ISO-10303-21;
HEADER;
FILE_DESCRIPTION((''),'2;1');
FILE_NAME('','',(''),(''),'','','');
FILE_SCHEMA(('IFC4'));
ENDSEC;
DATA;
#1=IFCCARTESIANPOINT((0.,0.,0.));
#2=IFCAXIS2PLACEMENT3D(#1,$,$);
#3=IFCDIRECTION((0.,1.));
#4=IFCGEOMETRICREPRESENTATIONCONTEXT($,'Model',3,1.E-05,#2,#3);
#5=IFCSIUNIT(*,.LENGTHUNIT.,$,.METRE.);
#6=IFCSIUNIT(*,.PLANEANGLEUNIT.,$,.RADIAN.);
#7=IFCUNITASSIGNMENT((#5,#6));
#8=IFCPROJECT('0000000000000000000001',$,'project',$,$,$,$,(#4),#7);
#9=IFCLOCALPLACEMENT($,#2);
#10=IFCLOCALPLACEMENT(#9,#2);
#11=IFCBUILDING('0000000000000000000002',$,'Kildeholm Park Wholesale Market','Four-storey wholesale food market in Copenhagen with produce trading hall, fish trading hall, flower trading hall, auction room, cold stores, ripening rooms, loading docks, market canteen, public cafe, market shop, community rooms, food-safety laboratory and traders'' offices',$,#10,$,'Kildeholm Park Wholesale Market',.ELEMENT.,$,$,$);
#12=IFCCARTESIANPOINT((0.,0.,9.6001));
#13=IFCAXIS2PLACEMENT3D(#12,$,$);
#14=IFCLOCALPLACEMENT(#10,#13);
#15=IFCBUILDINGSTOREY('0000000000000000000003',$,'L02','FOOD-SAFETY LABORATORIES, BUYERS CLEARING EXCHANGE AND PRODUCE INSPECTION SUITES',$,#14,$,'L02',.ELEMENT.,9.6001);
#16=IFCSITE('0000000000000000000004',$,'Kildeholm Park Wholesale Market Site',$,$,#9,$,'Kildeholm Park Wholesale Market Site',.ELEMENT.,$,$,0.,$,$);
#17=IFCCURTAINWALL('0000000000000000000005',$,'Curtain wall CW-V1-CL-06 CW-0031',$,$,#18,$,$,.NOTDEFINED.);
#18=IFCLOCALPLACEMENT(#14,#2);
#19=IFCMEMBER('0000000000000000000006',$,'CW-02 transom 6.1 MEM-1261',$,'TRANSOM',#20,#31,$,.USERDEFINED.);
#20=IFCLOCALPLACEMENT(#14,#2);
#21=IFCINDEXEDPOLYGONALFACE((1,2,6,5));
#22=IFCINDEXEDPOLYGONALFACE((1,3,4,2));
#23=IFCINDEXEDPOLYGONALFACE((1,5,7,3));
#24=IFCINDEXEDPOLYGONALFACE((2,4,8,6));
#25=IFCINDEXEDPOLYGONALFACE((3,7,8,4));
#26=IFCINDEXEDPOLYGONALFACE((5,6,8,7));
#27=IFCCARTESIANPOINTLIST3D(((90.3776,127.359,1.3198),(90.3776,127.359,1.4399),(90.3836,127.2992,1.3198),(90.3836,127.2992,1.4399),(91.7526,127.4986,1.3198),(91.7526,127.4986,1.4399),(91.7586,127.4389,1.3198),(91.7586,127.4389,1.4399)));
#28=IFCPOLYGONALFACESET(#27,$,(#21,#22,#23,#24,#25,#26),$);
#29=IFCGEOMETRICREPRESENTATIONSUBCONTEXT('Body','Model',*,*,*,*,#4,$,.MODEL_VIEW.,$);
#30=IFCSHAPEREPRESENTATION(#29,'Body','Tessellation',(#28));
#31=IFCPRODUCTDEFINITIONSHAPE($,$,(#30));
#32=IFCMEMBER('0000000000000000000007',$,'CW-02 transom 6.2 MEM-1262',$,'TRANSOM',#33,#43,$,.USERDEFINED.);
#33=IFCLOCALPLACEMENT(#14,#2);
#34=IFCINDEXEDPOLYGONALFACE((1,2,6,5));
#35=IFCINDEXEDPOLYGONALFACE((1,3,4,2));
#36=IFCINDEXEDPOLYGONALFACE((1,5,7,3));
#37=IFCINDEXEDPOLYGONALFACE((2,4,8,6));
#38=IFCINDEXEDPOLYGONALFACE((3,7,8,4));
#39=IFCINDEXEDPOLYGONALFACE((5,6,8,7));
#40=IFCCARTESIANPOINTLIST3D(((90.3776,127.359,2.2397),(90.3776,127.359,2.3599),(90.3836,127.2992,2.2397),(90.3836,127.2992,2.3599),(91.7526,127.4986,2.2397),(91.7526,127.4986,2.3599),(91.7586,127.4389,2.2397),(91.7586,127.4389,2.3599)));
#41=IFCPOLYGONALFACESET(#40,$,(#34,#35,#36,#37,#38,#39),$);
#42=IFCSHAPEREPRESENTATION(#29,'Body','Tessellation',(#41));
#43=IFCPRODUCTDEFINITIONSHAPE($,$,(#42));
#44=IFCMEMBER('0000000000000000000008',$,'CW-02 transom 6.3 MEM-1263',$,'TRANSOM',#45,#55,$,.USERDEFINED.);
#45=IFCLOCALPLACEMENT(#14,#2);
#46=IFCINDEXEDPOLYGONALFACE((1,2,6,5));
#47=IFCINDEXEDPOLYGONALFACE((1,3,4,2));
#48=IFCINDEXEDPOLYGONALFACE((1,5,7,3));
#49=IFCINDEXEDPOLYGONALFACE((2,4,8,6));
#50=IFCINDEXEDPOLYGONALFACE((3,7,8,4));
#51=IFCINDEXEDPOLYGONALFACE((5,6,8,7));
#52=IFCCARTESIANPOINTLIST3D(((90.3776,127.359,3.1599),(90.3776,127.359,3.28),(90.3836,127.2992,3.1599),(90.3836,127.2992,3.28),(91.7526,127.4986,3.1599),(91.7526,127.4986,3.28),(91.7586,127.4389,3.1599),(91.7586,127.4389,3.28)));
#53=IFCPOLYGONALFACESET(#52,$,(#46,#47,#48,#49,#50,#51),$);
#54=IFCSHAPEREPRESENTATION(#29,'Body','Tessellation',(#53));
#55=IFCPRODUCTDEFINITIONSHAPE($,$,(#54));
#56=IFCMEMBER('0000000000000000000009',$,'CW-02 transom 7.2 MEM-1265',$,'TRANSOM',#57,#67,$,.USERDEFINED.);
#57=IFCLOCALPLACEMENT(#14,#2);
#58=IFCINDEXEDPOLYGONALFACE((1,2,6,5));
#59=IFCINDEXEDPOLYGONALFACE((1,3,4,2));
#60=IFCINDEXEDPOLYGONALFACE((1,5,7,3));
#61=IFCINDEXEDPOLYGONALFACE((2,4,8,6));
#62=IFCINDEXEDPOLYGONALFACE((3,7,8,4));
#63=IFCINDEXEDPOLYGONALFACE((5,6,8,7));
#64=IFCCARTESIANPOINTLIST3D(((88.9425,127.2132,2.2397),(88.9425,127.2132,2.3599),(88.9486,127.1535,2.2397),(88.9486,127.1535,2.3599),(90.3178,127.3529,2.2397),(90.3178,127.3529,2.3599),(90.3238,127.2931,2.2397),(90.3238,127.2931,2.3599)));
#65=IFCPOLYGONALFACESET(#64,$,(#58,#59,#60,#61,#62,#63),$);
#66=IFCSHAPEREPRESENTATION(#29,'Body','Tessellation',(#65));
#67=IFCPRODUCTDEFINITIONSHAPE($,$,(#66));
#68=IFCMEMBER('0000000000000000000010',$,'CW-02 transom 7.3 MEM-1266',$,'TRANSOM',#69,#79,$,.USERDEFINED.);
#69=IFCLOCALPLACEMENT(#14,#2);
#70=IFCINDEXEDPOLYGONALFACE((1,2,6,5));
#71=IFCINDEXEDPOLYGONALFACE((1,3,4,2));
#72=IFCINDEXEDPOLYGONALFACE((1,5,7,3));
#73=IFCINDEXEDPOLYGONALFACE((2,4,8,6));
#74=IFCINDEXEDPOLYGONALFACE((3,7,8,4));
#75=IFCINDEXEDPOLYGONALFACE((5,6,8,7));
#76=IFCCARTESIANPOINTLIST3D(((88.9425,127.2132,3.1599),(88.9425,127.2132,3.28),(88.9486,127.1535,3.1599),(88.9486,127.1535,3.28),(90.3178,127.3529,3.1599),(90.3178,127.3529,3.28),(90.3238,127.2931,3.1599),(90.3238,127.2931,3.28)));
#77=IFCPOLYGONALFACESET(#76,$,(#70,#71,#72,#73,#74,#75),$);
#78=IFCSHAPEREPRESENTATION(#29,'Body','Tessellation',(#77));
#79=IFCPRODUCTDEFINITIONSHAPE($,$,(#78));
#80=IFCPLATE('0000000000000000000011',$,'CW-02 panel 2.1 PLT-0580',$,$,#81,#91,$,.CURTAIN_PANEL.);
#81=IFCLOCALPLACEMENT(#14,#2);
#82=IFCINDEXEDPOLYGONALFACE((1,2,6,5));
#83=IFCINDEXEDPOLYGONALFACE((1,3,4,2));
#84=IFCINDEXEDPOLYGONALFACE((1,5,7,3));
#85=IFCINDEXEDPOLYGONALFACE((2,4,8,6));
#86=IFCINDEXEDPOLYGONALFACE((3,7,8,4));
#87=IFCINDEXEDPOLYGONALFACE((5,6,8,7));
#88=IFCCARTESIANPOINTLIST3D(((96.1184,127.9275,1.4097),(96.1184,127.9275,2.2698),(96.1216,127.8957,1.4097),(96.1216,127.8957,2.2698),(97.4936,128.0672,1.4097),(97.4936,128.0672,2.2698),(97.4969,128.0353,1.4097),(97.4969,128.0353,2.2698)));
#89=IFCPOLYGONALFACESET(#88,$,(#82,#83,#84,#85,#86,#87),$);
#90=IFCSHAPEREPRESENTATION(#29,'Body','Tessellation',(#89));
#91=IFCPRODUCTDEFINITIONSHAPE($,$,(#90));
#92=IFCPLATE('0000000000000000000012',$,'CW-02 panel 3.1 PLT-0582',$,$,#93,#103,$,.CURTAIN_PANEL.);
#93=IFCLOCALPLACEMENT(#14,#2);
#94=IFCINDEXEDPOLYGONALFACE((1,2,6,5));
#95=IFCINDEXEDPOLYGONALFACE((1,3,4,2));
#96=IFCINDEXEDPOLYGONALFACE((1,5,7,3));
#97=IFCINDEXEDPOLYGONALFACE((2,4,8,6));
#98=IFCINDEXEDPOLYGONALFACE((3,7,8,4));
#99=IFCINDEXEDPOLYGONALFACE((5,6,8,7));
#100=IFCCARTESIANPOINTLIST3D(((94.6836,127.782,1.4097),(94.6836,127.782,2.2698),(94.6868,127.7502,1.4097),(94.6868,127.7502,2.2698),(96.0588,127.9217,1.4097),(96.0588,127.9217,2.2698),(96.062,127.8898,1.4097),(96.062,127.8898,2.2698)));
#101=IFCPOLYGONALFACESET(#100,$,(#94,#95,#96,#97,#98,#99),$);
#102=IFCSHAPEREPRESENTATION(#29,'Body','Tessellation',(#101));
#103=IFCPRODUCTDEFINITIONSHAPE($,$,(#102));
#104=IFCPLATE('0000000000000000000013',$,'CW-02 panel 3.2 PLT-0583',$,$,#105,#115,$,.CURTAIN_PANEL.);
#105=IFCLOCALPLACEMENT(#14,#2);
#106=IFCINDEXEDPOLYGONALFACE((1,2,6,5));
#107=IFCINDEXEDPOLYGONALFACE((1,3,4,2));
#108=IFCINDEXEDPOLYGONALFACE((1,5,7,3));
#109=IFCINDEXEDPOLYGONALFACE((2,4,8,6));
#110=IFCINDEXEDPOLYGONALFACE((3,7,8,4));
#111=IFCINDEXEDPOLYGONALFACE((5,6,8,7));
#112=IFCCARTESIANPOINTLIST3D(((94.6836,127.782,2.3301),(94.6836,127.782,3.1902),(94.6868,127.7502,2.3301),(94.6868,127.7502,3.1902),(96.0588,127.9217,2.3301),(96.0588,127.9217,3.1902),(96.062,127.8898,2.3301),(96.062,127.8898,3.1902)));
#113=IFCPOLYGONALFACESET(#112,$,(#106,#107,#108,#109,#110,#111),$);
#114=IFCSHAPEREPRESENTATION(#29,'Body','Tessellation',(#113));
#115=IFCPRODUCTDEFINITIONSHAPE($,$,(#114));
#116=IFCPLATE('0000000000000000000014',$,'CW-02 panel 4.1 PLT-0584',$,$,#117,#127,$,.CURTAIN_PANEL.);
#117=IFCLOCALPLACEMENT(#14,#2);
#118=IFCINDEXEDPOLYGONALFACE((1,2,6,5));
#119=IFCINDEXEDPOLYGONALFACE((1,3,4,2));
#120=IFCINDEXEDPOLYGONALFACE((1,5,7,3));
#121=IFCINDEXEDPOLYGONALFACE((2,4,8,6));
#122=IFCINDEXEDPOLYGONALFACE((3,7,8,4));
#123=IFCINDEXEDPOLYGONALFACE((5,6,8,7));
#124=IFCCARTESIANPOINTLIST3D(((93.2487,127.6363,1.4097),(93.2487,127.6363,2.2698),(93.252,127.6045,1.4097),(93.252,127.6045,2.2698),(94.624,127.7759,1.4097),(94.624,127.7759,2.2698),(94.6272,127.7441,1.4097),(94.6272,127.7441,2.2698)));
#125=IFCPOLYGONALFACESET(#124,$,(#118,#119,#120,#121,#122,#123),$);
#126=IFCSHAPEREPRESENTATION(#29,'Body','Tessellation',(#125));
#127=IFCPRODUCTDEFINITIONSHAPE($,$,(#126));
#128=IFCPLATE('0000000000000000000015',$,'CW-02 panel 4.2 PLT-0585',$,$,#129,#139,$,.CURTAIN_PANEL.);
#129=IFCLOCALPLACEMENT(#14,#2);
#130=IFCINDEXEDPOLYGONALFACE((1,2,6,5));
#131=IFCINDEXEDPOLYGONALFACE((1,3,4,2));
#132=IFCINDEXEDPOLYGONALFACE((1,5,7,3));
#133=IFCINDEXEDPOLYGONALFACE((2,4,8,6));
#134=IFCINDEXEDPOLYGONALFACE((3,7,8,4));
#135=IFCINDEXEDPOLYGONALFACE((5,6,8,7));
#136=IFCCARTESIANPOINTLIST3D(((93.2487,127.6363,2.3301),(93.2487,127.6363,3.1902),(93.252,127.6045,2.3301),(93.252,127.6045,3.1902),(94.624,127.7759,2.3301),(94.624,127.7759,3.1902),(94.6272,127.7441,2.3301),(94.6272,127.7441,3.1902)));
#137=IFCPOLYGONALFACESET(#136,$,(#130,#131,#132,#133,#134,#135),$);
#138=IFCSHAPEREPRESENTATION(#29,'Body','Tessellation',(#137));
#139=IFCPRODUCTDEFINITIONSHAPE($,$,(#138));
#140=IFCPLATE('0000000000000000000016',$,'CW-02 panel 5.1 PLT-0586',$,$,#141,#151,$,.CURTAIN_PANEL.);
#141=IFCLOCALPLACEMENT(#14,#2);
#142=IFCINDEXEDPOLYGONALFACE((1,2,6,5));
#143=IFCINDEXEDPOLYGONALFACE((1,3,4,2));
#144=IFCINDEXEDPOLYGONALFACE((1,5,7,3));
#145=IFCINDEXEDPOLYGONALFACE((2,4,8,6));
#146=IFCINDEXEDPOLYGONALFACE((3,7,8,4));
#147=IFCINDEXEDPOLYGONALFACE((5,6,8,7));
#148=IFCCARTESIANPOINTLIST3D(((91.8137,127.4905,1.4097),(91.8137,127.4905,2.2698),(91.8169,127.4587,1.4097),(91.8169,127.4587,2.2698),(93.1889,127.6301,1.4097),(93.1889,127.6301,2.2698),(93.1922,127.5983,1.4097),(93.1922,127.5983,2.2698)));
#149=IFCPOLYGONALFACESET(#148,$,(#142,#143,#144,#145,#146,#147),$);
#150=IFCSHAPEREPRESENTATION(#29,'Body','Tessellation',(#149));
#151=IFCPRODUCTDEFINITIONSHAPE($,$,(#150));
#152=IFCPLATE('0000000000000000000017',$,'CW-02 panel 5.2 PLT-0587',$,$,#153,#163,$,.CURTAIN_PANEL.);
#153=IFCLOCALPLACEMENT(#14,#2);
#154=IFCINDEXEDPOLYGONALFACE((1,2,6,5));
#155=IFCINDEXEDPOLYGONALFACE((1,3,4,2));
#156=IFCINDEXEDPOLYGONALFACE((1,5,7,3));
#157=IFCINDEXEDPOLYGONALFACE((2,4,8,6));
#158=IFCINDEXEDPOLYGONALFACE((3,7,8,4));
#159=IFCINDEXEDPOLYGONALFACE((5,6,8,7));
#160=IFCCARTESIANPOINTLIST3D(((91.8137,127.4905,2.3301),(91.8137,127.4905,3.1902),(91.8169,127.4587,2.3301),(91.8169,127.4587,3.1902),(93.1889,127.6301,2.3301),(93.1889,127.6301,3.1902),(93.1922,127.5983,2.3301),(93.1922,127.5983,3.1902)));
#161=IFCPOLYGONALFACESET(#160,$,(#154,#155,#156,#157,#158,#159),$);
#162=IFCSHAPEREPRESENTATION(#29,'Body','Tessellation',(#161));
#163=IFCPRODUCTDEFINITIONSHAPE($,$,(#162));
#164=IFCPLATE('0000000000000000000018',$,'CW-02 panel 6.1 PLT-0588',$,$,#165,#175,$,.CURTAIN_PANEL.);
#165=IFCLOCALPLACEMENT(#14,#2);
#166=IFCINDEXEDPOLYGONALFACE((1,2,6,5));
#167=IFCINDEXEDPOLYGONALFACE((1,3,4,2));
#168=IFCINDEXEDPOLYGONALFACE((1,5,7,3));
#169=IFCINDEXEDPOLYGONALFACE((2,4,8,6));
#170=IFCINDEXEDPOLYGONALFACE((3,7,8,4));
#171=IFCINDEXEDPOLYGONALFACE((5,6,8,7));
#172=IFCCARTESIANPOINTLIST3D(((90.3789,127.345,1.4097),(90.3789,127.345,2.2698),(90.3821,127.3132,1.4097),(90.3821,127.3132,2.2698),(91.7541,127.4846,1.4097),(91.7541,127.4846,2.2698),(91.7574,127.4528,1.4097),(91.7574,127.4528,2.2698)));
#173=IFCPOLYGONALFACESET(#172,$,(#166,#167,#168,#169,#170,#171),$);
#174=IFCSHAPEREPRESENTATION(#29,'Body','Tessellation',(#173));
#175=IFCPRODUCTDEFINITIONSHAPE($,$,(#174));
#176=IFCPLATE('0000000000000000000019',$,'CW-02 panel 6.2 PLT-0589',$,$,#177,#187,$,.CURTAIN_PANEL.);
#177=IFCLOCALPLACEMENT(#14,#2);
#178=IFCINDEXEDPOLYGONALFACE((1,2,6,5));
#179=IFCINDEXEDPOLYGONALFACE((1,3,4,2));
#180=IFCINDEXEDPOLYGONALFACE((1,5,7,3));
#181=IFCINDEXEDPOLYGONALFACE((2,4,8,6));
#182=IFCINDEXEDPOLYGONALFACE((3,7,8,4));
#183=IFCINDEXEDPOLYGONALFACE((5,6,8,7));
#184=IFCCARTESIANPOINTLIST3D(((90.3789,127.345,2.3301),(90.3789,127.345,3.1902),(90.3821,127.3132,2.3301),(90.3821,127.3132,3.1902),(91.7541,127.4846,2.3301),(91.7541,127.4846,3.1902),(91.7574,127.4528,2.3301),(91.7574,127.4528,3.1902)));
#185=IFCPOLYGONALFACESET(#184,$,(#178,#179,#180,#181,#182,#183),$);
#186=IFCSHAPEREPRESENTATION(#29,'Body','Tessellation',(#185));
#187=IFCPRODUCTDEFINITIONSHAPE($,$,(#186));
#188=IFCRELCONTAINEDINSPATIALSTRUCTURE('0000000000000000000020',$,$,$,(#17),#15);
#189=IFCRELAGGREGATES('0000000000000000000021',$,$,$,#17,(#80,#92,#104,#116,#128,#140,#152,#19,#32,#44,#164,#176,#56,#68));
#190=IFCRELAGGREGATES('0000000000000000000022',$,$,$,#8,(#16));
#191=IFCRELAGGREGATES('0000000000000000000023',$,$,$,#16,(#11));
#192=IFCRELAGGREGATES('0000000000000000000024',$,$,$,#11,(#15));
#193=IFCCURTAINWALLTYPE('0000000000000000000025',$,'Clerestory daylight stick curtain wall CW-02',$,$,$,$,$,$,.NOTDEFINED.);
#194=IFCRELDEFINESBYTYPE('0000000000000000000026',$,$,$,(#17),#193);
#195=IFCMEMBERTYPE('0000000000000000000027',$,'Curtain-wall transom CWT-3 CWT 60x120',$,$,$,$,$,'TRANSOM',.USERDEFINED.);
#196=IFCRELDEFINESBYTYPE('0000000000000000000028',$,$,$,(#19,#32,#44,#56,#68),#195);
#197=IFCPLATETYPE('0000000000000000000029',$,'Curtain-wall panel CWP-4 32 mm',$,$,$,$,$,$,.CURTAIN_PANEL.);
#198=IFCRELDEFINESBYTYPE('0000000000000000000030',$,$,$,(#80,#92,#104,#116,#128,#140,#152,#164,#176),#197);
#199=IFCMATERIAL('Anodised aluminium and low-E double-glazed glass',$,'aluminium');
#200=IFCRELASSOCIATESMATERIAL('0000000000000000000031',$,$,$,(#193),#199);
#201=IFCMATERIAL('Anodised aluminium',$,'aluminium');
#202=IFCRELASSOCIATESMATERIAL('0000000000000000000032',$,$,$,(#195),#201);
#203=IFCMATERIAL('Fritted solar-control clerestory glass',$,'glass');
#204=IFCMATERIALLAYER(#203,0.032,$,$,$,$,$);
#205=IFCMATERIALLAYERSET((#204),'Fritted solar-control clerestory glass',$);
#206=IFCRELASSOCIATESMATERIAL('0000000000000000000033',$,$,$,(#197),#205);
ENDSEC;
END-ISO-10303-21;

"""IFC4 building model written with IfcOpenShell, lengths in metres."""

from ifc_helpers import new_model, si_unit, direction, frame, origin, origin_2d, place, context, subcontext, project, spatial, rectangle, extrude, material, layer, layer_set, material_profile, profile_set, type_object, element, aggregate, save


model = new_model("IFC4")

# Units and contexts
model_context = context("Model", 3, precision=1e-05, world=origin(), true_north=direction((0.0, 1.0)))
body_context = subcontext(model_context, "Body", "Model", "MODEL_VIEW")
ifc_project = project(units=[si_unit("LENGTHUNIT", "METRE"), si_unit("PLANEANGLEUNIT", "RADIAN")], contexts=[model_context])

# Site, building, storey
site_placement = place(None, origin())
site = spatial("IfcSite", under=ifc_project, at=site_placement, Name="Kildeholm Park Wholesale Market Site", LongName="Kildeholm Park Wholesale Market Site", CompositionType="ELEMENT", RefElevation=0.0)
building_placement = place(site_placement, origin())
building = spatial("IfcBuilding", under=site, at=building_placement, Name="Kildeholm Park Wholesale Market", Description="Four-storey wholesale food market in Copenhagen with produce trading hall, fish trading hall, flower trading hall, auction room, cold stores, ripening rooms, loading docks, market canteen, public cafe, market shop, community rooms, food-safety laboratory and traders' offices", LongName="Kildeholm Park Wholesale Market", CompositionType="ELEMENT")
storey_placement = place(building_placement, frame((0.0, 0.0, 9.6001)))
storey = spatial("IfcBuildingStorey", under=building, at=storey_placement, Name="L02", Description="FOOD-SAFETY LABORATORIES, BUYERS CLEARING EXCHANGE AND PRODUCE INSPECTION SUITES", LongName="L02", CompositionType="ELEMENT", Elevation=9.6001)

# Curtain wall, members, plates
ifc_material_1 = material(Name="Anodised aluminium and low-E double-glazed glass", Category="aluminium")
curtain_wall_type = type_object("IfcCurtainWallType", Name="Clerestory daylight stick curtain wall CW-02", PredefinedType="NOTDEFINED", material=ifc_material_1)
curtain_wall_placement = place(storey_placement, origin())
curtain_wall = element("IfcCurtainWall", 1, at=curtain_wall_placement, inside=storey, type_object=curtain_wall_type, Name="Curtain wall CW-V1-CL-06 CW-0031", PredefinedType="NOTDEFINED")
ifc_material_2 = material(Name="Anodised aluminium", Category="aluminium")
ifc_material_profile_1 = material_profile(ifc_material_2, rectangle(XDim=0.0601, YDim=0.1201, at=origin_2d()), Name="CWT 60x120")
ifc_profile_set_1 = profile_set([ifc_material_profile_1], Name="Anodised aluminium")
member_type_1 = type_object("IfcMemberType", Name="Curtain-wall transom CWT-3 CWT 60x120", ElementType="TRANSOM", PredefinedType="USERDEFINED", material=ifc_profile_set_1)
member_1_placement = place(storey_placement, frame((91.7556, 127.4688, 1.3799), z_axis=(-0.994882, -0.101043, 0.0), x_axis=(0.101043, -0.994882, 0.0)))
member_1 = element("IfcMember", 2, at=member_1_placement, type_object=member_type_1, Name="CW-02 transom 6.1 MEM-1261", ObjectType="TRANSOM", PredefinedType="USERDEFINED", context=body_context, shape_type="SweptSolid", body=[
    extrude(rectangle(XDim=0.0601, YDim=0.1201, at=origin_2d()), origin(), (0.0, 0.0, 1.0), 1.3821),
])
member_2_placement = place(storey_placement, frame((91.7556, 127.4688, 2.2998), z_axis=(-0.994882, -0.101043, 0.0), x_axis=(0.101043, -0.994882, 0.0)))
member_2 = element("IfcMember", 3, at=member_2_placement, type_object=member_type_1, Name="CW-02 transom 6.2 MEM-1262", ObjectType="TRANSOM", PredefinedType="USERDEFINED", context=body_context, shape_type="SweptSolid", body=[
    extrude(rectangle(XDim=0.0601, YDim=0.1201, at=origin_2d()), origin(), (0.0, 0.0, 1.0), 1.3821),
])
member_3_placement = place(storey_placement, frame((91.7556, 127.4688, 3.22), z_axis=(-0.994882, -0.101043, 0.0), x_axis=(0.101043, -0.994882, 0.0)))
member_3 = element("IfcMember", 4, at=member_3_placement, type_object=member_type_1, Name="CW-02 transom 6.3 MEM-1263", ObjectType="TRANSOM", PredefinedType="USERDEFINED", context=body_context, shape_type="SweptSolid", body=[
    extrude(rectangle(XDim=0.0601, YDim=0.1201, at=origin_2d()), origin(), (0.0, 0.0, 1.0), 1.3821),
])
member_4_placement = place(storey_placement, frame((90.3208, 127.323, 2.2998), z_axis=(-0.994884, -0.101025, 0.0), x_axis=(0.101025, -0.994884, 0.0)))
member_4 = element("IfcMember", 5, at=member_4_placement, type_object=member_type_1, Name="CW-02 transom 7.2 MEM-1265", ObjectType="TRANSOM", PredefinedType="USERDEFINED", context=body_context, shape_type="SweptSolid", body=[
    extrude(rectangle(XDim=0.0601, YDim=0.1201, at=origin_2d()), origin(), (0.0, 0.0, 1.0), 1.3823),
])
member_5_placement = place(storey_placement, frame((90.3208, 127.323, 3.22), z_axis=(-0.994884, -0.101025, 0.0), x_axis=(0.101025, -0.994884, 0.0)))
member_5 = element("IfcMember", 6, at=member_5_placement, type_object=member_type_1, Name="CW-02 transom 7.3 MEM-1266", ObjectType="TRANSOM", PredefinedType="USERDEFINED", context=body_context, shape_type="SweptSolid", body=[
    extrude(rectangle(XDim=0.0601, YDim=0.1201, at=origin_2d()), origin(), (0.0, 0.0, 1.0), 1.3823),
])
ifc_material_3 = material(Name="Fritted solar-control clerestory glass", Category="glass")
ifc_layer = layer(ifc_material_3, 0.032)
ifc_layer_set = layer_set([ifc_layer], Name="Fritted solar-control clerestory glass")
plate_type = type_object("IfcPlateType", Name="Curtain-wall panel CWP-4 32 mm", PredefinedType="CURTAIN_PANEL", material=ifc_layer_set)
plate_1_placement = place(storey_placement, frame((96.8076, 127.9814, 1.4097), z_axis=(0.0, 0.0, 1.0), x_axis=(-0.994887, -0.100999, 0.0)))
plate_1 = element("IfcPlate", 7, at=plate_1_placement, type_object=plate_type, Name="CW-02 panel 2.1 PLT-0580", PredefinedType="CURTAIN_PANEL", context=body_context, shape_type="SweptSolid", body=[
    extrude(rectangle(XDim=1.3823, YDim=0.032, at=origin_2d()), origin(), (0.0, 0.0, 1.0), 0.8601),
])
plate_2_placement = place(storey_placement, frame((95.3728, 127.8359, 1.4097), z_axis=(0.0, 0.0, 1.0), x_axis=(-0.994887, -0.100999, 0.0)))
plate_2 = element("IfcPlate", 8, at=plate_2_placement, type_object=plate_type, Name="CW-02 panel 3.1 PLT-0582", PredefinedType="CURTAIN_PANEL", context=body_context, shape_type="SweptSolid", body=[
    extrude(rectangle(XDim=1.3823, YDim=0.032, at=origin_2d()), origin(), (0.0, 0.0, 1.0), 0.8601),
])
plate_3_placement = place(storey_placement, frame((95.3728, 127.8359, 2.3301), z_axis=(0.0, 0.0, 1.0), x_axis=(-0.994887, -0.100999, 0.0)))
plate_3 = element("IfcPlate", 9, at=plate_3_placement, type_object=plate_type, Name="CW-02 panel 3.2 PLT-0583", PredefinedType="CURTAIN_PANEL", context=body_context, shape_type="SweptSolid", body=[
    extrude(rectangle(XDim=1.3823, YDim=0.032, at=origin_2d()), origin(), (0.0, 0.0, 1.0), 0.8601),
])
plate_4_placement = place(storey_placement, frame((93.938, 127.6902, 1.4097), z_axis=(0.0, 0.0, 1.0), x_axis=(-0.994887, -0.100999, 0.0)))
plate_4 = element("IfcPlate", 10, at=plate_4_placement, type_object=plate_type, Name="CW-02 panel 4.1 PLT-0584", PredefinedType="CURTAIN_PANEL", context=body_context, shape_type="SweptSolid", body=[
    extrude(rectangle(XDim=1.3823, YDim=0.032, at=origin_2d()), origin(), (0.0, 0.0, 1.0), 0.8601),
])
plate_5_placement = place(storey_placement, frame((93.938, 127.6902, 2.3301), z_axis=(0.0, 0.0, 1.0), x_axis=(-0.994887, -0.100999, 0.0)))
plate_5 = element("IfcPlate", 11, at=plate_5_placement, type_object=plate_type, Name="CW-02 panel 4.2 PLT-0585", PredefinedType="CURTAIN_PANEL", context=body_context, shape_type="SweptSolid", body=[
    extrude(rectangle(XDim=1.3823, YDim=0.032, at=origin_2d()), origin(), (0.0, 0.0, 1.0), 0.8601),
])
plate_6_placement = place(storey_placement, frame((92.5029, 127.5444, 1.4097), z_axis=(0.0, 0.0, 1.0), x_axis=(-0.994887, -0.100999, 0.0)))
plate_6 = element("IfcPlate", 12, at=plate_6_placement, type_object=plate_type, Name="CW-02 panel 5.1 PLT-0586", PredefinedType="CURTAIN_PANEL", context=body_context, shape_type="SweptSolid", body=[
    extrude(rectangle(XDim=1.3823, YDim=0.032, at=origin_2d()), origin(), (0.0, 0.0, 1.0), 0.8601),
])
plate_7_placement = place(storey_placement, frame((92.5029, 127.5444, 2.3301), z_axis=(0.0, 0.0, 1.0), x_axis=(-0.994887, -0.100999, 0.0)))
plate_7 = element("IfcPlate", 13, at=plate_7_placement, type_object=plate_type, Name="CW-02 panel 5.2 PLT-0587", PredefinedType="CURTAIN_PANEL", context=body_context, shape_type="SweptSolid", body=[
    extrude(rectangle(XDim=1.3823, YDim=0.032, at=origin_2d()), origin(), (0.0, 0.0, 1.0), 0.8601),
])
plate_8_placement = place(storey_placement, frame((91.0681, 127.3989, 1.4097), z_axis=(0.0, 0.0, 1.0), x_axis=(-0.994887, -0.100999, 0.0)))
plate_8 = element("IfcPlate", 14, at=plate_8_placement, type_object=plate_type, Name="CW-02 panel 6.1 PLT-0588", PredefinedType="CURTAIN_PANEL", context=body_context, shape_type="SweptSolid", body=[
    extrude(rectangle(XDim=1.3823, YDim=0.032, at=origin_2d()), origin(), (0.0, 0.0, 1.0), 0.8601),
])
plate_9_placement = place(storey_placement, frame((91.0681, 127.3989, 2.3301), z_axis=(0.0, 0.0, 1.0), x_axis=(-0.994887, -0.100999, 0.0)))
plate_9 = element("IfcPlate", 15, at=plate_9_placement, type_object=plate_type, Name="CW-02 panel 6.2 PLT-0589", PredefinedType="CURTAIN_PANEL", context=body_context, shape_type="SweptSolid", body=[
    extrude(rectangle(XDim=1.3823, YDim=0.032, at=origin_2d()), origin(), (0.0, 0.0, 1.0), 0.8601),
])
aggregate(curtain_wall, [plate_1, plate_2, plate_3, plate_4, plate_5, plate_6, plate_7, member_1, member_2, member_3, plate_8, plate_9, member_4, member_5])

save(model, "model.ifc")
